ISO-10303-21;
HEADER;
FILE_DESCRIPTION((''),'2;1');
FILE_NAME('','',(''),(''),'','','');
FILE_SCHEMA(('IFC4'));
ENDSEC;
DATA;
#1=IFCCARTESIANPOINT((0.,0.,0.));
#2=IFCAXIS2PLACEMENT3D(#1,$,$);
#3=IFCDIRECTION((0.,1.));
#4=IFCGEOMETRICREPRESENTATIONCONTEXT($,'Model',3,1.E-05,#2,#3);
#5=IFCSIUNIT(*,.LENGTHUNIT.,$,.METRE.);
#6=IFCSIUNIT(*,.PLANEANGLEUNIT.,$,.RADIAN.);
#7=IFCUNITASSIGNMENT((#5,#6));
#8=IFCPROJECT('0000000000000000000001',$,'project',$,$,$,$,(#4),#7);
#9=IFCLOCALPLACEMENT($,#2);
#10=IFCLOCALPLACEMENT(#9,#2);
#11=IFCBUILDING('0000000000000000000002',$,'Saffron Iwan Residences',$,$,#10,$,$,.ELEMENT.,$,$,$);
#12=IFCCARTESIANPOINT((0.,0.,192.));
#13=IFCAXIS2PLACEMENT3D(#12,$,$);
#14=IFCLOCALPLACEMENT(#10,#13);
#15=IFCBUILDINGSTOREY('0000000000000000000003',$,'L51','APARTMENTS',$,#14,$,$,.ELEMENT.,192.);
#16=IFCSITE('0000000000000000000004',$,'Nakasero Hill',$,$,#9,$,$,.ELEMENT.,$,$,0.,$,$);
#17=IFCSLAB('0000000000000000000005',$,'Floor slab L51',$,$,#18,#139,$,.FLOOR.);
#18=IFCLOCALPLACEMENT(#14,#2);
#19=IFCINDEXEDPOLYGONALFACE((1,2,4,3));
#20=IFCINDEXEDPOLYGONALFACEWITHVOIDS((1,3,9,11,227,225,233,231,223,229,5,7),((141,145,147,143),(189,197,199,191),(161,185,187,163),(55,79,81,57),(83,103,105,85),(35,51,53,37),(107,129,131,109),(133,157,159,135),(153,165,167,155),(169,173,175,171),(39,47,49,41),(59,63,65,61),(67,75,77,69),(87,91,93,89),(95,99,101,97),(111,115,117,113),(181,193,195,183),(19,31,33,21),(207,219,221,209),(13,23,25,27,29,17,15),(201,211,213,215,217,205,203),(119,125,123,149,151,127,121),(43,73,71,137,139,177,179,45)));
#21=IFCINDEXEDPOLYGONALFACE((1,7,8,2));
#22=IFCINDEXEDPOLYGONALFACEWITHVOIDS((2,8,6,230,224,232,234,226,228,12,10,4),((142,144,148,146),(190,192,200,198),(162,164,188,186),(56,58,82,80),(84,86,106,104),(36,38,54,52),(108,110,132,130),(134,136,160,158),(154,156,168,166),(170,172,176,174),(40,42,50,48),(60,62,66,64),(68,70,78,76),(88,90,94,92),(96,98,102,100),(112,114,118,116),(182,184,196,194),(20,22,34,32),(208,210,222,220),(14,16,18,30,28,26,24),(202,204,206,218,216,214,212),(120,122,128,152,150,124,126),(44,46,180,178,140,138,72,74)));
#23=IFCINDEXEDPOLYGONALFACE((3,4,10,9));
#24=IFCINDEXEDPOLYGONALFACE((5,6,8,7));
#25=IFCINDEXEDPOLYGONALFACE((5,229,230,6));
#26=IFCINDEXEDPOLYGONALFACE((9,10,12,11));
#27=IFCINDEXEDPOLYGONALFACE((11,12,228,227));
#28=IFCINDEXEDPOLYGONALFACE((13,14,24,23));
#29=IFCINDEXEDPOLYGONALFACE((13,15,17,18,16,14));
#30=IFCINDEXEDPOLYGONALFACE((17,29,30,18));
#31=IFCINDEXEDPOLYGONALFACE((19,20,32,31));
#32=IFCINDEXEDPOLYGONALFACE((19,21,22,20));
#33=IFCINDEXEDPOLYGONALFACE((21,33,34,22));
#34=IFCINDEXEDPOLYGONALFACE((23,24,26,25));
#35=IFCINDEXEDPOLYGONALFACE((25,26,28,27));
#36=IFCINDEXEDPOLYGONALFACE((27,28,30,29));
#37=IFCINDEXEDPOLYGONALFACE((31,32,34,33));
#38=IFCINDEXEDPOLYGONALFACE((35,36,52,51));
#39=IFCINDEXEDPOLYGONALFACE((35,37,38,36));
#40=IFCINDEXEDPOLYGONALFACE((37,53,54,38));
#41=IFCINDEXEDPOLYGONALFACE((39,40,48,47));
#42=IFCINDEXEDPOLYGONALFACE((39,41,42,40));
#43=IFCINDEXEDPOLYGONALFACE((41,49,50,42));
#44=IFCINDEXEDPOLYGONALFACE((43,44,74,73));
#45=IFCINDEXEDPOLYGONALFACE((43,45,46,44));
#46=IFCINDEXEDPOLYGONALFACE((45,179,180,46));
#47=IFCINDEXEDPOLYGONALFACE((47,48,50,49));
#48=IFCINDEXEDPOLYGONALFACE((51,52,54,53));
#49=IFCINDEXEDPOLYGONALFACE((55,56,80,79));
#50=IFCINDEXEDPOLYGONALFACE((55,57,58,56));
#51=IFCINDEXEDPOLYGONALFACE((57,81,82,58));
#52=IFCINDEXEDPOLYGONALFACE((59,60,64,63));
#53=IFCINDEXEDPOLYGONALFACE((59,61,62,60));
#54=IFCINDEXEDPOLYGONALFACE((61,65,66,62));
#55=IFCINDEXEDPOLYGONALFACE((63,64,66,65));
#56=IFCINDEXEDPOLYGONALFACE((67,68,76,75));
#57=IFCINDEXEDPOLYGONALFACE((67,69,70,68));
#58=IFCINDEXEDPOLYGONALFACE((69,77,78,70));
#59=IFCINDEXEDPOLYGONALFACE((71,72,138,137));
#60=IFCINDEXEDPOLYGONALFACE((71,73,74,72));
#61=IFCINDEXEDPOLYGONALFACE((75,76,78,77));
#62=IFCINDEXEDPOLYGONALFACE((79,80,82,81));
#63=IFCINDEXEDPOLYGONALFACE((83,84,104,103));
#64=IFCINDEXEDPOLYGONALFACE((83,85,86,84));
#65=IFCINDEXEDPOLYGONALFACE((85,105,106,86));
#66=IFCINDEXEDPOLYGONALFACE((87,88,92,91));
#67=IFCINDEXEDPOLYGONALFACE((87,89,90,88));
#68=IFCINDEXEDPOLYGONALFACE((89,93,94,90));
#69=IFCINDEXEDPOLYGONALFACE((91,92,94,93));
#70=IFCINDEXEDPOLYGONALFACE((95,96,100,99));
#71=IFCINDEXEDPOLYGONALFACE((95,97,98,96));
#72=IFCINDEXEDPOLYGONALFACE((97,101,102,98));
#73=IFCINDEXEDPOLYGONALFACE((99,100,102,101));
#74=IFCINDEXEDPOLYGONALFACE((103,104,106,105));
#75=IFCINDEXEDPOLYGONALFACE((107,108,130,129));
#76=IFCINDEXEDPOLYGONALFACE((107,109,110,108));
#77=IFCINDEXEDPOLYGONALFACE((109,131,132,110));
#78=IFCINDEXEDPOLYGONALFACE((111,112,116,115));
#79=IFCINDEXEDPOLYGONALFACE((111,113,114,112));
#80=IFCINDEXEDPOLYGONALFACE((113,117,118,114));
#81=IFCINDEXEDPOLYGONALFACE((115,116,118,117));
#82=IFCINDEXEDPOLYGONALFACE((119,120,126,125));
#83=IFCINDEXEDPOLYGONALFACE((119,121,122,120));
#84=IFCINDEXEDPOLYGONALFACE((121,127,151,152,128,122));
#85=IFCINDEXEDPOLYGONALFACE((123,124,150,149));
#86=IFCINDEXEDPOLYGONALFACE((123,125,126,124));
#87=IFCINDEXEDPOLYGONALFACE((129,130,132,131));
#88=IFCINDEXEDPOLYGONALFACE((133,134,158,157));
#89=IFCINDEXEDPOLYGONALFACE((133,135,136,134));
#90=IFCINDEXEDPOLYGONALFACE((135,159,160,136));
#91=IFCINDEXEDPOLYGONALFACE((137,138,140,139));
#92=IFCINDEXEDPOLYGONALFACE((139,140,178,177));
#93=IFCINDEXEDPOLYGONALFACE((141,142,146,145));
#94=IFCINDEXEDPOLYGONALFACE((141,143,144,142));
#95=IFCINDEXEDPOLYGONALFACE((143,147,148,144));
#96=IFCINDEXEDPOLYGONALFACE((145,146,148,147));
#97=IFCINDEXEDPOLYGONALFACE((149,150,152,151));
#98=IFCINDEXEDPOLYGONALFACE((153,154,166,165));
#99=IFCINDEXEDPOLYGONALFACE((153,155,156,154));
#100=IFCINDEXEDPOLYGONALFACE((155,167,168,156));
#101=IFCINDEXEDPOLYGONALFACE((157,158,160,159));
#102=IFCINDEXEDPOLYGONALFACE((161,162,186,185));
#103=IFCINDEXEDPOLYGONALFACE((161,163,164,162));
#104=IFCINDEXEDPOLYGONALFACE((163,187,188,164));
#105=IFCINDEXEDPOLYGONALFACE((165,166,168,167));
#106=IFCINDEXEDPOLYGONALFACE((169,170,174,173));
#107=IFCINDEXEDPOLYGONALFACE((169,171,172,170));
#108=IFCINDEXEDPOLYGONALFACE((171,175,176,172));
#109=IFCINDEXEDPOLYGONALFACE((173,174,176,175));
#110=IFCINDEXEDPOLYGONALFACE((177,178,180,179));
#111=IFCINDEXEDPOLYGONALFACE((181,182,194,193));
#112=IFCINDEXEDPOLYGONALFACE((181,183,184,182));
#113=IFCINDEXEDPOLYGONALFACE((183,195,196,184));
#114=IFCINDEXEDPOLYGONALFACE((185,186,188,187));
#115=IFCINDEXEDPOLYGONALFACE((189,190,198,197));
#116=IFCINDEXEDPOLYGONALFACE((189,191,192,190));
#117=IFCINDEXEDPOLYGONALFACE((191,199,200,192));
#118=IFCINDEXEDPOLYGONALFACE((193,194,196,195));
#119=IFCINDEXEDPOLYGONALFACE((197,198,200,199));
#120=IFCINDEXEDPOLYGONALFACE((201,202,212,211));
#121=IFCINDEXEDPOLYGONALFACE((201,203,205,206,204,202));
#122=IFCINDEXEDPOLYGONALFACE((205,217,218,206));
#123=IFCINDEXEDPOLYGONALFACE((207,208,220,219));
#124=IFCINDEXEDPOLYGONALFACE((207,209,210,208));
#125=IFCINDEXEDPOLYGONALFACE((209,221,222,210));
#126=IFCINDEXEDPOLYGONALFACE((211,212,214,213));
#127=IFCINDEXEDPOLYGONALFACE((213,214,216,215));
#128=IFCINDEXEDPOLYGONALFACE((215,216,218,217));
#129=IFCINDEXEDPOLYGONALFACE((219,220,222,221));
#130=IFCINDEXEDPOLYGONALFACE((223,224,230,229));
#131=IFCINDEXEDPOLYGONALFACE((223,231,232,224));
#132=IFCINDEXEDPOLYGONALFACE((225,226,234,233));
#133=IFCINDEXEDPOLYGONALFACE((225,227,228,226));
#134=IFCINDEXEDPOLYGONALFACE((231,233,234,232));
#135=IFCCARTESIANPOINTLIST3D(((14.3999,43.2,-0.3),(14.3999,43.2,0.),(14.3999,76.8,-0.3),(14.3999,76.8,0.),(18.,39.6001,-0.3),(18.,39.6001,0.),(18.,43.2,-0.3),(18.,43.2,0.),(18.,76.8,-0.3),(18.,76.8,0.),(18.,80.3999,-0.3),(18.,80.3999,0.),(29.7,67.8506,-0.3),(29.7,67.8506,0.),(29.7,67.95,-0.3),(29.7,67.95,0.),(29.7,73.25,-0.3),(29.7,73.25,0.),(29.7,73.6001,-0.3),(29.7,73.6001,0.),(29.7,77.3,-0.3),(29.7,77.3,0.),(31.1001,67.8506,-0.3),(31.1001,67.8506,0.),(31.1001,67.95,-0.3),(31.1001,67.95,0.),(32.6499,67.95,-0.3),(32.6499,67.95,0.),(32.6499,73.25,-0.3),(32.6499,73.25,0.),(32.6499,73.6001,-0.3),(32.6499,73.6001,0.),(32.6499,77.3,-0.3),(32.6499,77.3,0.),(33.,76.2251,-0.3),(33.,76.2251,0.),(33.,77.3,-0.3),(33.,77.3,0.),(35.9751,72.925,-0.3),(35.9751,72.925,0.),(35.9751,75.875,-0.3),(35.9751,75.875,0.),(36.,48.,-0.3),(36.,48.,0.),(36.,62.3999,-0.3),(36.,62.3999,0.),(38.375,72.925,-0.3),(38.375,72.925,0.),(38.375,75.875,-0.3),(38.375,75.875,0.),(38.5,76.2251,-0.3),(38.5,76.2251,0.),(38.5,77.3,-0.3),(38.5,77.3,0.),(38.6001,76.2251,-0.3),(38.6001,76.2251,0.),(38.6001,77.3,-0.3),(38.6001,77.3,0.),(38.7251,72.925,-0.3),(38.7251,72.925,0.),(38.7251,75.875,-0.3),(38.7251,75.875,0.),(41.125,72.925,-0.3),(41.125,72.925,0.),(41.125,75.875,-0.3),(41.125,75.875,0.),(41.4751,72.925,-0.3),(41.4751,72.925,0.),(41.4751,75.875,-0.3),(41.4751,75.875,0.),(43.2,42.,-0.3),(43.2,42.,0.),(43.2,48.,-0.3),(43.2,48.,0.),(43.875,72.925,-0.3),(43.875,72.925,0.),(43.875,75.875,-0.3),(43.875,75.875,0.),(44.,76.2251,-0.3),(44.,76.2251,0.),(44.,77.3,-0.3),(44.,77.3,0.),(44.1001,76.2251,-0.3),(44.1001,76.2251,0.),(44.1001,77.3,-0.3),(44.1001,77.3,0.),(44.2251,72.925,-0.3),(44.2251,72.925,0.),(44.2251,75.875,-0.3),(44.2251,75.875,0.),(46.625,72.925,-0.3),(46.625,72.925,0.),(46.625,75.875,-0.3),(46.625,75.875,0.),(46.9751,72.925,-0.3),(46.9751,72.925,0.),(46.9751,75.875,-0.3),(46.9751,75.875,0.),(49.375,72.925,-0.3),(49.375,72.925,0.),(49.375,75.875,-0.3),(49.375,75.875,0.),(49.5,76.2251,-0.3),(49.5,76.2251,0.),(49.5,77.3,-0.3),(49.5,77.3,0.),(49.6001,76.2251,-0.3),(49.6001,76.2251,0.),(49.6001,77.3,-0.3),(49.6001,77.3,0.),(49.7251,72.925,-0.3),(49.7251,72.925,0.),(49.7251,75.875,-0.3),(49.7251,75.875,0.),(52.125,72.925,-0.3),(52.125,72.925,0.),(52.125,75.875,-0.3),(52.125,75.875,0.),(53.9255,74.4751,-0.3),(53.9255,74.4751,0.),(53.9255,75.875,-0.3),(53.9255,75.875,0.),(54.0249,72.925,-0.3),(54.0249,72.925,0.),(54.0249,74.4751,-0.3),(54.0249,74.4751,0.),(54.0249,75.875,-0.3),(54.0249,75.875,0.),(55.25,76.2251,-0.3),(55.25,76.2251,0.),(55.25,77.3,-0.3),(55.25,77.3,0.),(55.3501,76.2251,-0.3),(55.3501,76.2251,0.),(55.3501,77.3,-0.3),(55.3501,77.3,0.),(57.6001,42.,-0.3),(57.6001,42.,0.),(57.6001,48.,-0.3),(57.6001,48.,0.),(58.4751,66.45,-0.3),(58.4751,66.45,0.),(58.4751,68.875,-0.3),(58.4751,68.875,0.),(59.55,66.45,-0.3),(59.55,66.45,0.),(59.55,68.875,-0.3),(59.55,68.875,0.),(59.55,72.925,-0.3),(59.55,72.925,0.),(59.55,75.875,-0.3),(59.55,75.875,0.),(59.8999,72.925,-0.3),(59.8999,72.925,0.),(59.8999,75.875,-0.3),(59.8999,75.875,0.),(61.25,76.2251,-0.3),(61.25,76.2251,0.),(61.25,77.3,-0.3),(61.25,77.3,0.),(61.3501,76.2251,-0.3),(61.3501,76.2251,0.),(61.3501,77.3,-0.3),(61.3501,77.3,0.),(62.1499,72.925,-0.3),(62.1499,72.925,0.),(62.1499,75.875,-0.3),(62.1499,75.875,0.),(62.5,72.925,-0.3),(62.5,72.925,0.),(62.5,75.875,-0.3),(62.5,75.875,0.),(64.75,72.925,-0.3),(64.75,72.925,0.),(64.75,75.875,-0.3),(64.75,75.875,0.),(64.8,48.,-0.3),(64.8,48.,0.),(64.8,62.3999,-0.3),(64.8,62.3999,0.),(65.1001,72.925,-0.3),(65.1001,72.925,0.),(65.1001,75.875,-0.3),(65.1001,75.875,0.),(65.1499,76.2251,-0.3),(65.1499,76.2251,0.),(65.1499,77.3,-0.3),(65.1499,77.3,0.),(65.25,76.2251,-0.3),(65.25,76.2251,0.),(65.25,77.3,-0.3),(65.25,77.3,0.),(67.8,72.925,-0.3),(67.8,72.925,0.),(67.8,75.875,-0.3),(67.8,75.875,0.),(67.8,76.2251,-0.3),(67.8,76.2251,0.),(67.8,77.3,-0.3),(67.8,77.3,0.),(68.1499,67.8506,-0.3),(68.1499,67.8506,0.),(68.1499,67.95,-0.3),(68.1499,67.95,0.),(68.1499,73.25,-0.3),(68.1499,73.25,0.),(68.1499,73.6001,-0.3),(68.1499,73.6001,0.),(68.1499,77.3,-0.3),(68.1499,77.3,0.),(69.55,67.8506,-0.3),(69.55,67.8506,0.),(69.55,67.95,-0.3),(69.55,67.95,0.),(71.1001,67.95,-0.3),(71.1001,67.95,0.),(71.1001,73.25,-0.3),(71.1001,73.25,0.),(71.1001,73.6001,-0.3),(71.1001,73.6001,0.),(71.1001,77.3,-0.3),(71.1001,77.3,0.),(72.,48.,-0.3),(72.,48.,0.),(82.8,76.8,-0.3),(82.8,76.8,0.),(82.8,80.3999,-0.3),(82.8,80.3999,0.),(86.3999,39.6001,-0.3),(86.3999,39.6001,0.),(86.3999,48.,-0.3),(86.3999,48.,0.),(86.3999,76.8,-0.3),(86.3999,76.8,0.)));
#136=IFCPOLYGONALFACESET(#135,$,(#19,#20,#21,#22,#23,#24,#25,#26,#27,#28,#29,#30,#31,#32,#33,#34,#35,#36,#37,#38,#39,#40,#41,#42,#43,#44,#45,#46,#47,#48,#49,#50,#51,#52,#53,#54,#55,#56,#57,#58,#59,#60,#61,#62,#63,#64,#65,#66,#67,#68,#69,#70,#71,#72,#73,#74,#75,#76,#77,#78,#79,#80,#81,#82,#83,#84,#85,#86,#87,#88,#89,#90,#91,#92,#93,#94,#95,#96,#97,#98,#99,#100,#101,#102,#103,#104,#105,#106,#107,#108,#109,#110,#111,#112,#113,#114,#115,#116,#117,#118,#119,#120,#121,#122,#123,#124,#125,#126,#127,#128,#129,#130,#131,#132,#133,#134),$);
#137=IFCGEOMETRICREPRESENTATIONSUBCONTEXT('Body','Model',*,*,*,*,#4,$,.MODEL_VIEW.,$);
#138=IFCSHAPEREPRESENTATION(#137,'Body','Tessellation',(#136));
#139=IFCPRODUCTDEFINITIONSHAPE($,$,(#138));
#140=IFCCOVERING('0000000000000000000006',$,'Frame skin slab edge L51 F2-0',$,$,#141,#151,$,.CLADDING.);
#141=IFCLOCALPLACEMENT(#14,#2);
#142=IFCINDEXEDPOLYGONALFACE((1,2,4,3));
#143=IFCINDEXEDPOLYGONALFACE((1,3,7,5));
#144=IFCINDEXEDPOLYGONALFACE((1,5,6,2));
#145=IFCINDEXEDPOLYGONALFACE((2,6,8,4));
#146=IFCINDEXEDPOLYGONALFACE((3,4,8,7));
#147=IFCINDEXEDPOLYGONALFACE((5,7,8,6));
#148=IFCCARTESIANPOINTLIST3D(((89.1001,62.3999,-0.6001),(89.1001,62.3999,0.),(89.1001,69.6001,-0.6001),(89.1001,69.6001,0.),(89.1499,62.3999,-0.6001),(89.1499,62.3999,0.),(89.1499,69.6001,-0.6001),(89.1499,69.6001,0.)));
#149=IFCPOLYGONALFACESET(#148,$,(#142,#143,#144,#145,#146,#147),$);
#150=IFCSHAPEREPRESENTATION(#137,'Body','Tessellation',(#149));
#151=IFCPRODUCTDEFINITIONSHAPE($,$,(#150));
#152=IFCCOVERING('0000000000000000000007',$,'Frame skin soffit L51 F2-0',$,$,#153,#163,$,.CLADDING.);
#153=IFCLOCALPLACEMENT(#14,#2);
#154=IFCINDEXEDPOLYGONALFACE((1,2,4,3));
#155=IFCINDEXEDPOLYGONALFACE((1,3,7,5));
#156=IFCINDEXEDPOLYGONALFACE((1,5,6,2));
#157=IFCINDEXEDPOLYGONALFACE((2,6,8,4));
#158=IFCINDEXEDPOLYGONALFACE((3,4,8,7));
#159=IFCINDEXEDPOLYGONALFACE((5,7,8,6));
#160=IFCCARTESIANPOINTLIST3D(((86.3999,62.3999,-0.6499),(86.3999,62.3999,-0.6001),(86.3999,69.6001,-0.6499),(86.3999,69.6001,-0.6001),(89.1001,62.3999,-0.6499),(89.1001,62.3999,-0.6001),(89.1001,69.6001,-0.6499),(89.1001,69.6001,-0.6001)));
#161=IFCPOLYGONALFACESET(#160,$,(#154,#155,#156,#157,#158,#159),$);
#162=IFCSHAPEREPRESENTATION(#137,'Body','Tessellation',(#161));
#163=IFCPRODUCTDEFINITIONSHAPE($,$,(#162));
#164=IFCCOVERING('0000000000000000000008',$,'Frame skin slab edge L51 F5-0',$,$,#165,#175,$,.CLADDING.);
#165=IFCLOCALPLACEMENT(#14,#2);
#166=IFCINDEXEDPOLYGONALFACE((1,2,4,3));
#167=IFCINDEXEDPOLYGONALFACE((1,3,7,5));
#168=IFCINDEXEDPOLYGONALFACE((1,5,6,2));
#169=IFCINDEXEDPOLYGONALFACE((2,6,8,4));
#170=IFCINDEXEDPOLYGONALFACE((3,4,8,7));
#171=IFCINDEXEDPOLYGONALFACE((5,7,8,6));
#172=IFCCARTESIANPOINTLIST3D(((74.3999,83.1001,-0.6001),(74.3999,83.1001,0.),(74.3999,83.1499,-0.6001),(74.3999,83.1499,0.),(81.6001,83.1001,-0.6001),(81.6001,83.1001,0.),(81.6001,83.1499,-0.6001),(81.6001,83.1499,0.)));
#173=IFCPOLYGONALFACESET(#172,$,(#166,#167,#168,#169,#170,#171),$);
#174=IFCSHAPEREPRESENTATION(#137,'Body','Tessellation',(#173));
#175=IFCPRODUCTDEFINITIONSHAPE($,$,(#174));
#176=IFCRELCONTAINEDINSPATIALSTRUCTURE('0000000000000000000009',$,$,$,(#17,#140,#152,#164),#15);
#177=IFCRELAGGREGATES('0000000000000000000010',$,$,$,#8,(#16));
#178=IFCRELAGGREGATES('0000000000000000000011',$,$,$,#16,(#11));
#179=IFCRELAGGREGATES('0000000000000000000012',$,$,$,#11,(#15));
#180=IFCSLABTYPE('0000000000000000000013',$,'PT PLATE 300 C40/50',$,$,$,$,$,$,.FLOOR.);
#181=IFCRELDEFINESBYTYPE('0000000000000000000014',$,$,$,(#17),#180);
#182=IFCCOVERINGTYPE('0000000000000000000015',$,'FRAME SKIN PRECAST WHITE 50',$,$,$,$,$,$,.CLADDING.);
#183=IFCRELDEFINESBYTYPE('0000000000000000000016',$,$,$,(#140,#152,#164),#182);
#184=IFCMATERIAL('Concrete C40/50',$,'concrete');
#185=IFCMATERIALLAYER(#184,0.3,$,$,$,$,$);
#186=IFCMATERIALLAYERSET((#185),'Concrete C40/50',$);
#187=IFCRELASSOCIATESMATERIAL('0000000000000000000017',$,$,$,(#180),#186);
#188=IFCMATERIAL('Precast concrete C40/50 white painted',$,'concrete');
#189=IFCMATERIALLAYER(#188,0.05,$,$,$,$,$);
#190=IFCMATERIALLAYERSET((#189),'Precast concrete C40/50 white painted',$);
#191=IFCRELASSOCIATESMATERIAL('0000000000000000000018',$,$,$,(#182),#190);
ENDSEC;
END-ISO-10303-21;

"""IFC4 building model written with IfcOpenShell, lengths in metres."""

from ifc_helpers import new_model, si_unit, direction, frame, origin, place, context, subcontext, project, spatial, polyline, outline, extrude, material, layer, layer_set, type_object, element, save


model = new_model("IFC4")

# Units and contexts
model_context = context("Model", 3, precision=1e-05, world=origin(), true_north=direction((0.0, 1.0)))
body_context = subcontext(model_context, "Body", "Model", "MODEL_VIEW")
ifc_project = project(units=[si_unit("LENGTHUNIT", "METRE"), si_unit("PLANEANGLEUNIT", "RADIAN")], contexts=[model_context])

# Site, building, storey
site_placement = place(None, origin())
site = spatial("IfcSite", under=ifc_project, at=site_placement, Name="Nakasero Hill", CompositionType="ELEMENT", RefElevation=0.0)
building_placement = place(site_placement, origin())
building = spatial("IfcBuilding", under=site, at=building_placement, Name="Saffron Iwan Residences", CompositionType="ELEMENT")
storey_placement = place(building_placement, frame((0.0, 0.0, 192.0)))
storey = spatial("IfcBuildingStorey", under=building, at=storey_placement, Name="L51", Description="APARTMENTS", CompositionType="ELEMENT", Elevation=192.0)

# Slab
ifc_material_1 = material(Name="Concrete C40/50", Category="concrete")
ifc_layer_1 = layer(ifc_material_1, 0.3)
ifc_layer_set_1 = layer_set([ifc_layer_1], Name="Concrete C40/50")
slab_type_1 = type_object("IfcSlabType", Name="PT PLATE 300 C40/50", PredefinedType="FLOOR", material=ifc_layer_set_1)
slab_1_placement = place(storey_placement, frame((0.0, 0.0, -0.3)))
element("IfcSlab", 1, at=slab_1_placement, inside=storey, type_object=slab_type_1, Name="Floor slab L51", PredefinedType="FLOOR", context=body_context, shape_type="SweptSolid", body=[
    extrude(outline(polyline([(14.3999, 43.2), (14.3999, 76.8), (18.0, 76.8), (18.0, 80.3999), (82.8, 80.3999), (82.8, 76.8), (86.3999, 76.8), (86.3999, 48.0), (72.0, 48.0), (86.3999, 39.6001), (18.0, 39.6001), (18.0, 43.2), (14.3999, 43.2)]), holes=[polyline([(64.8, 48.0), (64.8, 62.3999), (36.0, 62.3999), (36.0, 48.0), (43.2, 48.0), (43.2, 42.0), (57.6001, 42.0), (57.6001, 48.0), (64.8, 48.0)]), polyline([(29.7, 73.25), (29.7, 67.95), (29.7, 67.8506), (31.1001, 67.8506), (31.1001, 67.95), (32.6499, 67.95), (32.6499, 73.25), (29.7, 73.25)]), polyline([(38.375, 75.875), (35.9751, 75.875), (35.9751, 72.925), (38.375, 72.925), (38.375, 75.875)]), polyline([(41.125, 75.875), (38.7251, 75.875), (38.7251, 72.925), (41.125, 72.925), (41.125, 75.875)]), polyline([(43.875, 72.925), (43.875, 75.875), (41.4751, 75.875), (41.4751, 72.925), (43.875, 72.925)]), polyline([(46.625, 72.925), (46.625, 75.875), (44.2251, 75.875), (44.2251, 72.925), (46.625, 72.925)]), polyline([(49.375, 75.875), (46.9751, 75.875), (46.9751, 72.925), (49.375, 72.925), (49.375, 75.875)]), polyline([(52.125, 72.925), (52.125, 75.875), (49.7251, 75.875), (49.7251, 72.925), (52.125, 72.925)]), polyline([(32.6499, 73.6001), (32.6499, 77.3), (29.7, 77.3), (29.7, 73.6001), (32.6499, 73.6001)]), polyline([(38.5, 77.3), (33.0, 77.3), (33.0, 76.2251), (38.5, 76.2251), (38.5, 77.3)]), polyline([(44.0, 76.2251), (44.0, 77.3), (38.6001, 77.3), (38.6001, 76.2251), (44.0, 76.2251)]), polyline([(49.5, 76.2251), (49.5, 77.3), (44.1001, 77.3), (44.1001, 76.2251), (49.5, 76.2251)]), polyline([(59.55, 68.875), (58.4751, 68.875), (58.4751, 66.45), (59.55, 66.45), (59.55, 68.875)]), polyline([(68.1499, 73.25), (68.1499, 67.95), (68.1499, 67.8506), (69.55, 67.8506), (69.55, 67.95), (71.1001, 67.95), (71.1001, 73.25), (68.1499, 73.25)]), polyline([(54.0249, 74.4751), (54.0249, 72.925), (59.55, 72.925), (59.55, 75.875), (54.0249, 75.875), (53.9255, 75.875), (53.9255, 74.4751), (54.0249, 74.4751)]), polyline([(62.1499, 72.925), (62.1499, 75.875), (59.8999, 75.875), (59.8999, 72.925), (62.1499, 72.925)]), polyline([(64.75, 72.925), (64.75, 75.875), (62.5, 75.875), (62.5, 72.925), (64.75, 72.925)]), polyline([(67.8, 75.875), (65.1001, 75.875), (65.1001, 72.925), (67.8, 72.925), (67.8, 75.875)]), polyline([(71.1001, 73.6001), (71.1001, 77.3), (68.1499, 77.3), (68.1499, 73.6001), (71.1001, 73.6001)]), polyline([(55.25, 76.2251), (55.25, 77.3), (49.6001, 77.3), (49.6001, 76.2251), (55.25, 76.2251)]), polyline([(61.25, 77.3), (55.3501, 77.3), (55.3501, 76.2251), (61.25, 76.2251), (61.25, 77.3)]), polyline([(65.1499, 76.2251), (65.1499, 77.3), (61.3501, 77.3), (61.3501, 76.2251), (65.1499, 76.2251)]), polyline([(67.8, 76.2251), (67.8, 77.3), (65.25, 77.3), (65.25, 76.2251), (67.8, 76.2251)])]), origin(), (0.0, 0.0, 1.0), 0.3),
])

# Coverings
ifc_material_2 = material(Name="Precast concrete C40/50 white painted", Category="concrete")
ifc_layer_2 = layer(ifc_material_2, 0.05)
ifc_layer_set_2 = layer_set([ifc_layer_2], Name="Precast concrete C40/50 white painted")
covering_type_1 = type_object("IfcCoveringType", Name="FRAME SKIN PRECAST WHITE 50", PredefinedType="CLADDING", material=ifc_layer_set_2)
covering_1_placement = place(storey_placement, frame((0.0, 0.0, -0.6001)))
element("IfcCovering", 2, at=covering_1_placement, inside=storey, type_object=covering_type_1, Name="Frame skin slab edge L51 F2-0", PredefinedType="CLADDING", context=body_context, shape_type="SweptSolid", body=[
    extrude(outline(polyline([(89.1499, 62.3999), (89.1499, 69.6001), (89.1001, 69.6001), (89.1001, 62.3999), (89.1499, 62.3999)])), origin(), (0.0, 0.0, 1.0), 0.6001),
])
covering_2_placement = place(storey_placement, frame((0.0, 0.0, -0.6499)))
element("IfcCovering", 3, at=covering_2_placement, inside=storey, type_object=covering_type_1, Name="Frame skin soffit L51 F2-0", PredefinedType="CLADDING", context=body_context, shape_type="SweptSolid", body=[
    extrude(outline(polyline([(89.1001, 62.3999), (89.1001, 69.6001), (86.3999, 69.6001), (86.3999, 62.3999), (89.1001, 62.3999)])), origin(), (0.0, 0.0, 1.0), 0.0498),
])
covering_3_placement = place(storey_placement, frame((0.0, 0.0, -0.6001)))
element("IfcCovering", 4, at=covering_3_placement, inside=storey, type_object=covering_type_1, Name="Frame skin slab edge L51 F5-0", PredefinedType="CLADDING", context=body_context, shape_type="SweptSolid", body=[
    extrude(outline(polyline([(81.6001, 83.1499), (74.3999, 83.1499), (74.3999, 83.1001), (81.6001, 83.1001), (81.6001, 83.1499)])), origin(), (0.0, 0.0, 1.0), 0.6001),
])

save(model, "model.ifc")
